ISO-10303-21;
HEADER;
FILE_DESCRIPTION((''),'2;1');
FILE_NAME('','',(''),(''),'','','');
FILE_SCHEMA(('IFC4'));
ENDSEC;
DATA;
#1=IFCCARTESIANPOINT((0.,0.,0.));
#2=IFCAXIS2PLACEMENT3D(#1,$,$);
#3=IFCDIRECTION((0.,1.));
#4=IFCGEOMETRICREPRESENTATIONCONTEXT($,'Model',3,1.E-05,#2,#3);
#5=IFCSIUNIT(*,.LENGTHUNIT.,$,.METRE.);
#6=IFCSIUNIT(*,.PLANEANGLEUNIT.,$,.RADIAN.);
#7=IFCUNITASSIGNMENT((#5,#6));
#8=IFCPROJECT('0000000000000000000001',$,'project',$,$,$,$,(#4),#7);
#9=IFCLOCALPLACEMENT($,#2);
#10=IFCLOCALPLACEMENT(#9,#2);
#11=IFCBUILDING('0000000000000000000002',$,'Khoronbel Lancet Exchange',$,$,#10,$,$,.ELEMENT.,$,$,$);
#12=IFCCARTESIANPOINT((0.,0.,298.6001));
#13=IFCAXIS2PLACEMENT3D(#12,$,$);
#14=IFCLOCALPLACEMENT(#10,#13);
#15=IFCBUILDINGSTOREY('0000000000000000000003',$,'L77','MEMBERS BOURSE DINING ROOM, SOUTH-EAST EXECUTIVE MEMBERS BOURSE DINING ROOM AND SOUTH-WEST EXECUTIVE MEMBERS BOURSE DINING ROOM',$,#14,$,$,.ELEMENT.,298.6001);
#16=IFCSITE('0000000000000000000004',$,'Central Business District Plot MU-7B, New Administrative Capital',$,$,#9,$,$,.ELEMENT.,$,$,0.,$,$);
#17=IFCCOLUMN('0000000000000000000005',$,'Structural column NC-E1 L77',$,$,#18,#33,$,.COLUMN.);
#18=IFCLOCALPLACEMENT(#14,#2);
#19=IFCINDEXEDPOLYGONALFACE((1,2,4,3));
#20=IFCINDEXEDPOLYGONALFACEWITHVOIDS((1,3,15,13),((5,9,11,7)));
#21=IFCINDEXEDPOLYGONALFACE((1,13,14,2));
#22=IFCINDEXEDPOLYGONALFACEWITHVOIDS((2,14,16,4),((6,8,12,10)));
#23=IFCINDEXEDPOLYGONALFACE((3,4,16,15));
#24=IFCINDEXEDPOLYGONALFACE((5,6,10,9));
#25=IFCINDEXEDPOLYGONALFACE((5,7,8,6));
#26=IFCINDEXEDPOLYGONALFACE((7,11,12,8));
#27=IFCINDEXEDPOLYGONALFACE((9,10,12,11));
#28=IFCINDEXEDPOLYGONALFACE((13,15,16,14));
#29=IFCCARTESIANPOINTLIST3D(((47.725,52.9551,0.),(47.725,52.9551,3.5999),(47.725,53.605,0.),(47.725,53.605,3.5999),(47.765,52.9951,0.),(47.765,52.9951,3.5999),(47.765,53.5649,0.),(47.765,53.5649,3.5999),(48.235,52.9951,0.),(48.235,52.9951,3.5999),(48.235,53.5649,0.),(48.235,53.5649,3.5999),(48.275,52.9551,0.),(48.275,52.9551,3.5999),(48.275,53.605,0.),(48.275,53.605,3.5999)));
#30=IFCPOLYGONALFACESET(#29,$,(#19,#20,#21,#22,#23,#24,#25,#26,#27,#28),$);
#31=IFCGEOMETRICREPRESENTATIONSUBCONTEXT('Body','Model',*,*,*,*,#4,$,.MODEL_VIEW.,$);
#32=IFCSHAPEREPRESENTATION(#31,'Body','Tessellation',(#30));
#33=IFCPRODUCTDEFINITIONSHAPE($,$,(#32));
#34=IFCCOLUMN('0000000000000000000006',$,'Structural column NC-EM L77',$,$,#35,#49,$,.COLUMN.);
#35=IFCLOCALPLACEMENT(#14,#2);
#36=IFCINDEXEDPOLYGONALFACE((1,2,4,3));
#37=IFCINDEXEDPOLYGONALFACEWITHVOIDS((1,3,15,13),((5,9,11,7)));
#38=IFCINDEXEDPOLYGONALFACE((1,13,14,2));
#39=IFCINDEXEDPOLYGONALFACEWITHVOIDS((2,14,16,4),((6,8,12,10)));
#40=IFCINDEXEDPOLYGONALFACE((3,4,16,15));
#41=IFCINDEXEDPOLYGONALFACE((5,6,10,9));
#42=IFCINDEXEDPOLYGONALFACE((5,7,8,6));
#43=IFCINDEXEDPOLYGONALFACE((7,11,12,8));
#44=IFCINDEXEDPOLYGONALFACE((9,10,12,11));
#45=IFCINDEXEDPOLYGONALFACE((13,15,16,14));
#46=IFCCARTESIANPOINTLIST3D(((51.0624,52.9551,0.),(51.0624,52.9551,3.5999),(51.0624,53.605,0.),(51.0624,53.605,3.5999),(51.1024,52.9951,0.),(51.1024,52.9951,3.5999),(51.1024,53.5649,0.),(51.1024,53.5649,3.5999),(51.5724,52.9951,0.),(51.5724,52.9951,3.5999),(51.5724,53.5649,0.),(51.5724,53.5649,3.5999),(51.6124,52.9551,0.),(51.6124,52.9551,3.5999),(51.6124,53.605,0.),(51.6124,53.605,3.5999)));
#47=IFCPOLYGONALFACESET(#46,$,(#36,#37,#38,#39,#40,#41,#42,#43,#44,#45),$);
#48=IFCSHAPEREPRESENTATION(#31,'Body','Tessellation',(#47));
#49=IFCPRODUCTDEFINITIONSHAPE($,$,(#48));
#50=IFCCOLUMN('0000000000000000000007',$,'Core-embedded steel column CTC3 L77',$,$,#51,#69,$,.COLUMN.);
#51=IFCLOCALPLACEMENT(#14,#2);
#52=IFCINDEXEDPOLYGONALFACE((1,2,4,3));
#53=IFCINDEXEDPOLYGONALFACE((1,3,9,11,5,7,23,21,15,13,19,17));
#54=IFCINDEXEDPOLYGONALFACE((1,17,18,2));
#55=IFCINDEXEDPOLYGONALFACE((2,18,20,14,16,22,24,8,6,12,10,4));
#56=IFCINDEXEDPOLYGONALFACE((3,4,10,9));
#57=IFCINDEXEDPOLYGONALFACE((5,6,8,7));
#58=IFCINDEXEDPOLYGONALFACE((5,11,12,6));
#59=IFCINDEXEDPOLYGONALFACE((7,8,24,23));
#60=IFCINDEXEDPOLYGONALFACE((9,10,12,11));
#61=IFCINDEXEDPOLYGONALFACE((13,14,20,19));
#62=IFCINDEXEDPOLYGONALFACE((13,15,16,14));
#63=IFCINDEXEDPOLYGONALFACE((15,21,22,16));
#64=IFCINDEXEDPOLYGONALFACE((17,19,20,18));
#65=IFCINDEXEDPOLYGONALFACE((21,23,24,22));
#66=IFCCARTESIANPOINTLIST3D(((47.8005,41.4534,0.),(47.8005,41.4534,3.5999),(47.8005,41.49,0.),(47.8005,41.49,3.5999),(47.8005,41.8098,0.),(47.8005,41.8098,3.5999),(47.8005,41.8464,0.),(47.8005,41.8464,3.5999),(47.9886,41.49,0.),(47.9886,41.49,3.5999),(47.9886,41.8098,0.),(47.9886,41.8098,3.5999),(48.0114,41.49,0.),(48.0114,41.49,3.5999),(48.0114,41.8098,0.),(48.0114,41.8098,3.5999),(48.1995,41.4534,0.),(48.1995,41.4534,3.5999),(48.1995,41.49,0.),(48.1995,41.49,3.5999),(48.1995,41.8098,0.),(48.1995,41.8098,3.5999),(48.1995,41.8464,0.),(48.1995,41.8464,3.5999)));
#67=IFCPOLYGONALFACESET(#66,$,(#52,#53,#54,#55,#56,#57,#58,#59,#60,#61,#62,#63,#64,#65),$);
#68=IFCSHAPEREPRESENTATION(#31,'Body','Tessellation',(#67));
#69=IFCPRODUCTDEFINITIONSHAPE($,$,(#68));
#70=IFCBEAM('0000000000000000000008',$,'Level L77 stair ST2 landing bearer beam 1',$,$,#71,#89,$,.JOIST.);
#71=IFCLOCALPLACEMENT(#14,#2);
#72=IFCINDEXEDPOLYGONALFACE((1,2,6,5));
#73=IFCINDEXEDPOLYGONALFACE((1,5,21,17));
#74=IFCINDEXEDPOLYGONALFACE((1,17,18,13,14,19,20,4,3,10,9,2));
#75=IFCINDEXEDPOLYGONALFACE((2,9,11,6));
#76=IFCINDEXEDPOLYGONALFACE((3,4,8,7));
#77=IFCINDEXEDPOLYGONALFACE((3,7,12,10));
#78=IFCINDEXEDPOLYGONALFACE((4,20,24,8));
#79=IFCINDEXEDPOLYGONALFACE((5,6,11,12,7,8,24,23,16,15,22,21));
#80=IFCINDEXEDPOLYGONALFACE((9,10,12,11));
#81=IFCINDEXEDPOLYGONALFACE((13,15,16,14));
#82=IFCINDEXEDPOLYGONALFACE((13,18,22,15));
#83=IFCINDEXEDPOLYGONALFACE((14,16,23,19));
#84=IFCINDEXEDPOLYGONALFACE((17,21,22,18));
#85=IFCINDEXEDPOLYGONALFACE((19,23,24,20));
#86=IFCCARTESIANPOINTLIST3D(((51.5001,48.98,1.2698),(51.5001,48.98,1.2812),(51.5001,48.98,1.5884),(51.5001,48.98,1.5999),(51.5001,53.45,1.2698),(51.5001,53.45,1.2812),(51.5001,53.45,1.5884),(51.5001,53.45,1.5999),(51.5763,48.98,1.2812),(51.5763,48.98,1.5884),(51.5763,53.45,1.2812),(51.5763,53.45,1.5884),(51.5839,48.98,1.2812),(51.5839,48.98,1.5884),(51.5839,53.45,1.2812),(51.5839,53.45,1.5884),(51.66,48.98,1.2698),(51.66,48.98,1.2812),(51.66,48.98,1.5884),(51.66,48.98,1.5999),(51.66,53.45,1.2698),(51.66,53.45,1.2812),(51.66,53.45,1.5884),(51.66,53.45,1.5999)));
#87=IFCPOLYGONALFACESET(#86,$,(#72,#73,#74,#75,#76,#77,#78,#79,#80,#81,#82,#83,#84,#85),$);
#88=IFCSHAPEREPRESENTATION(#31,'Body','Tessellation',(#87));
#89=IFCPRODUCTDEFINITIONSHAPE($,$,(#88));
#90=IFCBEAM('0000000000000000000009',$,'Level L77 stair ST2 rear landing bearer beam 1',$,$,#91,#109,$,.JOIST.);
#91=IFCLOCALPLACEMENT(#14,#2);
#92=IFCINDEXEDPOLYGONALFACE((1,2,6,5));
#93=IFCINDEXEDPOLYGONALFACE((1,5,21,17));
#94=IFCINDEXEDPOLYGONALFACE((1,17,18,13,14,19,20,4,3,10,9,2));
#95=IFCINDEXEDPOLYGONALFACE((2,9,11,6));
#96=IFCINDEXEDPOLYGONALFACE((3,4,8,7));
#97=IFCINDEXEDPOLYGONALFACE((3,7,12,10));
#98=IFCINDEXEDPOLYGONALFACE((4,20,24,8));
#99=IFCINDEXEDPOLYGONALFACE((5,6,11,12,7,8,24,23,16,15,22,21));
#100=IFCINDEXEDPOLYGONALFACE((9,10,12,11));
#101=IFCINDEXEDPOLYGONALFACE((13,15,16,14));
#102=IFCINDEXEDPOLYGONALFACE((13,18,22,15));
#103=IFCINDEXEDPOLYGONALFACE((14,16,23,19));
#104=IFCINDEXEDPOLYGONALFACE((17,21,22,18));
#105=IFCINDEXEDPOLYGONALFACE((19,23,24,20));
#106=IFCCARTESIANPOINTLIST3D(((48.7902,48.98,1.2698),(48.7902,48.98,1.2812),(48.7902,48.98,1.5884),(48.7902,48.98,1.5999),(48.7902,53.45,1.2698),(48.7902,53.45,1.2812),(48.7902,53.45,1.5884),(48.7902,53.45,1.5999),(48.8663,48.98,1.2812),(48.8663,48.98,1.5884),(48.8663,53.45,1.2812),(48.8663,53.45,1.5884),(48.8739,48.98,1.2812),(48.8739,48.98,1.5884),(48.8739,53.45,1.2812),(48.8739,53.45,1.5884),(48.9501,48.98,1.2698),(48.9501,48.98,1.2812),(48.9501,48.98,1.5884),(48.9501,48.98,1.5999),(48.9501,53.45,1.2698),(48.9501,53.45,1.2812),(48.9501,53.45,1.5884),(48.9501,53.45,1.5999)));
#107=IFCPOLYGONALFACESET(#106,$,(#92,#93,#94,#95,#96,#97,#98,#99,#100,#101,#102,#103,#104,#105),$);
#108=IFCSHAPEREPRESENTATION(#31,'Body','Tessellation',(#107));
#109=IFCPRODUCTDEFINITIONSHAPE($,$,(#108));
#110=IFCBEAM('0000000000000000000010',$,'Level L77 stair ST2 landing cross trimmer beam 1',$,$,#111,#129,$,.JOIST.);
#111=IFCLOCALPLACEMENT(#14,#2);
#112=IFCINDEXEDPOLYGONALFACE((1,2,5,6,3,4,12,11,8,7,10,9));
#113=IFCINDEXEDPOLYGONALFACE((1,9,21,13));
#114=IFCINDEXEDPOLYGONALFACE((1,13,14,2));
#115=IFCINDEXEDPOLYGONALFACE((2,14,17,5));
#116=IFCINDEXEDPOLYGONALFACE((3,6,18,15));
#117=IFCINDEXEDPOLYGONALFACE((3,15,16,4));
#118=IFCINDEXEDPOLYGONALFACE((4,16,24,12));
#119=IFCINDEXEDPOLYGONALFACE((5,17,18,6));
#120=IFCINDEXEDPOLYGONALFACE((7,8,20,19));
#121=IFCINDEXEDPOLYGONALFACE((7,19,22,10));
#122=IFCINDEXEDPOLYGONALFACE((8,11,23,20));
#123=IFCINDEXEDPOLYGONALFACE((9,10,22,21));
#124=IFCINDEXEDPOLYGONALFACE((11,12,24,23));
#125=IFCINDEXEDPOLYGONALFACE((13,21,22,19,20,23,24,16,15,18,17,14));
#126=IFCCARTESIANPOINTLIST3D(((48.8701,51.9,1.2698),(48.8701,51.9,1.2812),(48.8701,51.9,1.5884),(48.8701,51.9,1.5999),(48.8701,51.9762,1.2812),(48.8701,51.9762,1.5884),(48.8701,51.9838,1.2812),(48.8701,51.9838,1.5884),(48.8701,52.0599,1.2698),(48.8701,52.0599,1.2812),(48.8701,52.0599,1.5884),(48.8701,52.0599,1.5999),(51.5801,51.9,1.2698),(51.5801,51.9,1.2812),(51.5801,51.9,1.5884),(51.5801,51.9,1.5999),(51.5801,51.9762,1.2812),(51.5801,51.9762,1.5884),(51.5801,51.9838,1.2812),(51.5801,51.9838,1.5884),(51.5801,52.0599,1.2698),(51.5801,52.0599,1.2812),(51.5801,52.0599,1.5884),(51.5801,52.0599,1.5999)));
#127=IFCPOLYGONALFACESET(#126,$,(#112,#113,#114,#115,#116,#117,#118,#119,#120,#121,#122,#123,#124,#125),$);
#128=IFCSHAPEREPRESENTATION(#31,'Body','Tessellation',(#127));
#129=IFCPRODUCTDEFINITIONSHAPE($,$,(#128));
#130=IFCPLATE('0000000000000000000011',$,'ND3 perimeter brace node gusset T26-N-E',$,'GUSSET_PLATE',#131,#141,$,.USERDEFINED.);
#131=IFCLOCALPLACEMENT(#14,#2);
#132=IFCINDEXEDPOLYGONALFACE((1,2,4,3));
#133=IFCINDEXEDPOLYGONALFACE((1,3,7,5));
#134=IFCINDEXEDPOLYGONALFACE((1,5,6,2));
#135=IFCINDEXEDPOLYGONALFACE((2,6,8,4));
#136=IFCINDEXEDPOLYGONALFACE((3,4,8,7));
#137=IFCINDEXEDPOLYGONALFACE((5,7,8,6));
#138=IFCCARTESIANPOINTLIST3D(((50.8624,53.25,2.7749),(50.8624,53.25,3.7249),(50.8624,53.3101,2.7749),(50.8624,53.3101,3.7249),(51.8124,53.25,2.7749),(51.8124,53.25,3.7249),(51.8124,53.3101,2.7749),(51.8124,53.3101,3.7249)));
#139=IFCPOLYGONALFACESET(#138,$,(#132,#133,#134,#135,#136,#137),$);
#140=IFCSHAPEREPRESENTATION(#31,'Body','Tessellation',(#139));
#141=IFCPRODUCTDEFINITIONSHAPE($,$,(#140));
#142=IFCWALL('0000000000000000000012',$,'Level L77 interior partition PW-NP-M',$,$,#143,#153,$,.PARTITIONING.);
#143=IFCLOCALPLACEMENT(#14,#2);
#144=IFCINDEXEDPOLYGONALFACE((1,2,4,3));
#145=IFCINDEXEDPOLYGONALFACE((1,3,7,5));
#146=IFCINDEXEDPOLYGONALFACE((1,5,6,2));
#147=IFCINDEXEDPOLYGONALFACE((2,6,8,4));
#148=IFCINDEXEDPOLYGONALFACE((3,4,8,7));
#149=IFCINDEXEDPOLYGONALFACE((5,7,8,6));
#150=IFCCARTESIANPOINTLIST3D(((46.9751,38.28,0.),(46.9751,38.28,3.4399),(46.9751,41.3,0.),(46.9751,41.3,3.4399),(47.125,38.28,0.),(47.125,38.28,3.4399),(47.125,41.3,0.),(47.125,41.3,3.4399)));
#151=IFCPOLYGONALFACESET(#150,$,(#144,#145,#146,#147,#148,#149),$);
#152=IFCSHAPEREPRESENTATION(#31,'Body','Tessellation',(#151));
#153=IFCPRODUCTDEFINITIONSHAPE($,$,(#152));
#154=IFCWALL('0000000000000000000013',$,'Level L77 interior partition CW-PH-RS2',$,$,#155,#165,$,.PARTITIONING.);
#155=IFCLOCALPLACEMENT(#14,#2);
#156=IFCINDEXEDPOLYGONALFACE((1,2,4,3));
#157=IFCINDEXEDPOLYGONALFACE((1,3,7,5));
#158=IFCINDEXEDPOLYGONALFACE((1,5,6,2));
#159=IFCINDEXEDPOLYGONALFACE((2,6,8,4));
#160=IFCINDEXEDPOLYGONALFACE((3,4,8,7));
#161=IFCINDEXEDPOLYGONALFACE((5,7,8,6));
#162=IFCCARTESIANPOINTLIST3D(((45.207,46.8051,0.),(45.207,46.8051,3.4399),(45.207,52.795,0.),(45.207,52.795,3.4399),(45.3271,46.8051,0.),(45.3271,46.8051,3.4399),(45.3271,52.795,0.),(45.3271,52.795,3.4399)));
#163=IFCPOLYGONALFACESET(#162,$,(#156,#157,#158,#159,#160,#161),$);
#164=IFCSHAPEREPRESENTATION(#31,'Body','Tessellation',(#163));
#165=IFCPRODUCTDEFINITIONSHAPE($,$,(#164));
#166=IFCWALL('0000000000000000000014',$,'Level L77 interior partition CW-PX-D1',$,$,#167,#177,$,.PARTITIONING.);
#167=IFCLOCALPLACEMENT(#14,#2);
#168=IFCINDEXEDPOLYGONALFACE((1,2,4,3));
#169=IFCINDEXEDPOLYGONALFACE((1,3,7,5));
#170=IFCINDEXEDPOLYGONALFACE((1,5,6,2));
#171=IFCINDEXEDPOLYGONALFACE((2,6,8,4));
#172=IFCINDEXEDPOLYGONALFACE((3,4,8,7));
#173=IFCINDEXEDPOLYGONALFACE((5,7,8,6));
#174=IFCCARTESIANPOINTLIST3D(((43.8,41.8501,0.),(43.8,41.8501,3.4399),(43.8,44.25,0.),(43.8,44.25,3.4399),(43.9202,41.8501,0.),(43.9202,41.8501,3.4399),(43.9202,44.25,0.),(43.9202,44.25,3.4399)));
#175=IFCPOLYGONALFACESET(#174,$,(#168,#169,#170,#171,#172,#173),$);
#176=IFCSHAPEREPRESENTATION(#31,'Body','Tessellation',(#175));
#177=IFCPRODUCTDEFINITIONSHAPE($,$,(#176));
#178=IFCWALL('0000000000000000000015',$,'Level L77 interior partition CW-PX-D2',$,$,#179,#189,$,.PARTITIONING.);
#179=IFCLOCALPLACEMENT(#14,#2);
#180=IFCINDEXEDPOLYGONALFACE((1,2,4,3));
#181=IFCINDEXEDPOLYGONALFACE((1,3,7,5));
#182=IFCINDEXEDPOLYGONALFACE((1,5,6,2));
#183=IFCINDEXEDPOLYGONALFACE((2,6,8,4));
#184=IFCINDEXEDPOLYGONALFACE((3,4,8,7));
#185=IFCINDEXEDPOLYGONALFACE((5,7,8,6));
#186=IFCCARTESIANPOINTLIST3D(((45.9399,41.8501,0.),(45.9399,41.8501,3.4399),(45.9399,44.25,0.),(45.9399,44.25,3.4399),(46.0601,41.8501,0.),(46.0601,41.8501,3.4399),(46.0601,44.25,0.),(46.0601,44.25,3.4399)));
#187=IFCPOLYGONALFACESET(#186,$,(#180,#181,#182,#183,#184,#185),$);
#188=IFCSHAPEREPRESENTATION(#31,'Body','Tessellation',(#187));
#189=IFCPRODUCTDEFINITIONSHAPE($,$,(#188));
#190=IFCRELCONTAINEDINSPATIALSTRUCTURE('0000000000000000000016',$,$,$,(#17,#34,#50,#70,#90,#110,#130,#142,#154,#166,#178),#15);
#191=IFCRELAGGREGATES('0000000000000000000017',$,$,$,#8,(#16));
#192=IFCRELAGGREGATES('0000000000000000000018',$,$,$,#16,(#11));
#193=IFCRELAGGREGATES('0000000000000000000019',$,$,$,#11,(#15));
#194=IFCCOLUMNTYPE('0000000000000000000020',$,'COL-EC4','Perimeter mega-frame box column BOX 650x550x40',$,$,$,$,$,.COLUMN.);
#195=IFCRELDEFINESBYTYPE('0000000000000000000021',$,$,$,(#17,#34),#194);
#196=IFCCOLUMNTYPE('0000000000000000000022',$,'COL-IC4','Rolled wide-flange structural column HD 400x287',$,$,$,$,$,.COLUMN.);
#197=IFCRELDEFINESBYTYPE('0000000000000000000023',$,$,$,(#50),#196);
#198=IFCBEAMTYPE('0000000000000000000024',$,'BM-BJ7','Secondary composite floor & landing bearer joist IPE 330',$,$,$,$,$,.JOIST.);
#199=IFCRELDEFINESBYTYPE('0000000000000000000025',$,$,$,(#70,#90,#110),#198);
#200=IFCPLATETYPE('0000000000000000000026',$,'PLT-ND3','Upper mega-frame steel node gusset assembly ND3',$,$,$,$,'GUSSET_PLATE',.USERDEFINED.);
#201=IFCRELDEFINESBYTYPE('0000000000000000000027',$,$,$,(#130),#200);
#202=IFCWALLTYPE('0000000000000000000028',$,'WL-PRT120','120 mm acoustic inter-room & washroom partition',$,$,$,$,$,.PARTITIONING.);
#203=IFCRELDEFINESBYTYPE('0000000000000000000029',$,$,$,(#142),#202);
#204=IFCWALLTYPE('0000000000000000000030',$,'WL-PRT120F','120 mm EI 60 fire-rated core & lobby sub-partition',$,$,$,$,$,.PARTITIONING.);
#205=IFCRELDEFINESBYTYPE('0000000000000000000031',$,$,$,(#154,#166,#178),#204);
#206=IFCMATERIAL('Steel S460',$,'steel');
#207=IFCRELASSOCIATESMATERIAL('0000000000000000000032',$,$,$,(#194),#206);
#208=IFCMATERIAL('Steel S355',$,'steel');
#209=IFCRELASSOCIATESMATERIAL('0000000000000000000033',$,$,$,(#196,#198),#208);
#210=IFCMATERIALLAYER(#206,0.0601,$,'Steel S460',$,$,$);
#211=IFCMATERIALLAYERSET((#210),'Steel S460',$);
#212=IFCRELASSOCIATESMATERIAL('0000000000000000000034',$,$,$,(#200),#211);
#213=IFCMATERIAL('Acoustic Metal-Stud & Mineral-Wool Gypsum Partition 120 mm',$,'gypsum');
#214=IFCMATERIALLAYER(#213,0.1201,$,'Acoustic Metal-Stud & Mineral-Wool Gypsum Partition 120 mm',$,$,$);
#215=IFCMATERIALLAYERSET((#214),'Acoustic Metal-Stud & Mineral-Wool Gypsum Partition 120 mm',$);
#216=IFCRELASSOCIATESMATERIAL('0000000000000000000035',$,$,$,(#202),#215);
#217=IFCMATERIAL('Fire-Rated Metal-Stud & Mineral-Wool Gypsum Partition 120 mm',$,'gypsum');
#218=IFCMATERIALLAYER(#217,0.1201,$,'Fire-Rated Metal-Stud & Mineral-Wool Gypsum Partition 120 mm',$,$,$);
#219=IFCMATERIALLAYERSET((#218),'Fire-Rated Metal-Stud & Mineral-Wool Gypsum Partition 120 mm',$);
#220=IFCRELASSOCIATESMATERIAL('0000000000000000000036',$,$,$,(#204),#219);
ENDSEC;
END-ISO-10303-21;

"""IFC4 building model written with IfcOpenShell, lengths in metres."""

from ifc_helpers import new_model, si_unit, direction, frame, frame_2d, origin, origin_2d, place, context, subcontext, project, spatial, rectangle, hollow_rectangle, i_section, extrude, material, layer, layer_set, material_profile, profile_set, type_object, element, save


model = new_model("IFC4")

# Units and contexts
model_context = context("Model", 3, precision=1e-05, world=origin(), true_north=direction((0.0, 1.0)))
body_context = subcontext(model_context, "Body", "Model", "MODEL_VIEW")
ifc_project = project(units=[si_unit("LENGTHUNIT", "METRE"), si_unit("PLANEANGLEUNIT", "RADIAN")], contexts=[model_context])

# Site, building, storey
site_placement = place(None, origin())
site = spatial("IfcSite", under=ifc_project, at=site_placement, Name="Central Business District Plot MU-7B, New Administrative Capital", CompositionType="ELEMENT", RefElevation=0.0)
building_placement = place(site_placement, origin())
building = spatial("IfcBuilding", under=site, at=building_placement, Name="Khoronbel Lancet Exchange", CompositionType="ELEMENT")
storey_placement = place(building_placement, frame((0.0, 0.0, 298.6001)))
storey = spatial("IfcBuildingStorey", under=building, at=storey_placement, Name="L77", Description="MEMBERS BOURSE DINING ROOM, SOUTH-EAST EXECUTIVE MEMBERS BOURSE DINING ROOM AND SOUTH-WEST EXECUTIVE MEMBERS BOURSE DINING ROOM", CompositionType="ELEMENT", Elevation=298.6001)

# Columns
ifc_material_1 = material(Name="Steel S460", Category="steel")
ifc_material_profile_1 = material_profile(ifc_material_1, hollow_rectangle(XDim=0.55, YDim=0.6499, WallThickness=0.04, at=origin_2d()), Name="BOX 650x550x40")
ifc_profile_set_1 = profile_set([ifc_material_profile_1], Name="Steel S460")
column_type_1 = type_object("IfcColumnType", Name="COL-EC4", Description="Perimeter mega-frame box column BOX 650x550x40", PredefinedType="COLUMN", material=ifc_profile_set_1)
for number, where, z_axis, x_axis, name in (
    (1, (48.0, 53.28, 0.0), (0.0, 0.0, 1.0), (1.0, 0.0, 0.0), "Structural column NC-E1 L77"),
    (2, (51.3374, 53.28, 0.0), (0.0, 0.0, 1.0), (1.0, 0.0, 0.0), "Structural column NC-EM L77"),
):
    element("IfcColumn", number, at=place(storey_placement, frame(where, z_axis=z_axis, x_axis=x_axis)), inside=storey, type_object=column_type_1, Name=name, PredefinedType="COLUMN", context=body_context, shape_type="SweptSolid", body=[
        extrude(hollow_rectangle(XDim=0.55, YDim=0.6499, WallThickness=0.04, at=origin_2d()), origin(), (0.0, 0.0, 1.0), 3.5999),
    ])
ifc_material_2 = material(Name="Steel S355", Category="steel")
ifc_material_profile_2 = material_profile(ifc_material_2, i_section(OverallWidth=0.3989, OverallDepth=0.3931, WebThickness=0.0227, FlangeThickness=0.0366, at=origin_2d()), Name="HD 400x287")
ifc_profile_set_2 = profile_set([ifc_material_profile_2], Name="Steel S355")
column_type_2 = type_object("IfcColumnType", Name="COL-IC4", Description="Rolled wide-flange structural column HD 400x287", PredefinedType="COLUMN", material=ifc_profile_set_2)
column_placement = place(storey_placement, frame((48.0, 41.6499, 0.0), z_axis=(0.0, 0.0, 1.0), x_axis=(1.0, 0.0, 0.0)))
element("IfcColumn", 3, at=column_placement, inside=storey, type_object=column_type_2, Name="Core-embedded steel column CTC3 L77", PredefinedType="COLUMN", context=body_context, shape_type="SweptSolid", body=[
    extrude(i_section(OverallWidth=0.3989, OverallDepth=0.3931, WebThickness=0.0227, FlangeThickness=0.0366, at=origin_2d()), origin(), (0.0, 0.0, 1.0), 3.5999),
])

# Beams
ifc_material_profile_3 = material_profile(ifc_material_2, i_section(OverallWidth=0.1599, OverallDepth=0.3301, WebThickness=0.0076, FlangeThickness=0.0115, at=origin_2d()), Name="IPE 330")
ifc_profile_set_3 = profile_set([ifc_material_profile_3], Name="Steel S355")
beam_type = type_object("IfcBeamType", Name="BM-BJ7", Description="Secondary composite floor & landing bearer joist IPE 330", PredefinedType="JOIST", material=ifc_profile_set_3)
for number, where, z_axis, x_axis, name in (
    (4, (51.5801, 48.98, 1.4348), (0.0, 1.0, 0.0), (-1.0, 0.0, 0.0), "Level L77 stair ST2 landing bearer beam 1"),
    (5, (48.8701, 48.98, 1.4348), (0.0, 1.0, 0.0), (-1.0, 0.0, 0.0), "Level L77 stair ST2 rear landing bearer beam 1"),
):
    element("IfcBeam", number, at=place(storey_placement, frame(where, z_axis=z_axis, x_axis=x_axis)), inside=storey, type_object=beam_type, Name=name, PredefinedType="JOIST", context=body_context, shape_type="SweptSolid", body=[
        extrude(i_section(OverallWidth=0.1599, OverallDepth=0.3301, WebThickness=0.0076, FlangeThickness=0.0115, at=origin_2d()), origin(), (0.0, 0.0, 1.0), 4.47),
    ])
beam_placement = place(storey_placement, frame((48.8701, 51.98, 1.4348), z_axis=(1.0, 0.0, 0.0), x_axis=(0.0, 1.0, 0.0)))
element("IfcBeam", 6, at=beam_placement, inside=storey, type_object=beam_type, Name="Level L77 stair ST2 landing cross trimmer beam 1", PredefinedType="JOIST", context=body_context, shape_type="SweptSolid", body=[
    extrude(i_section(OverallWidth=0.1599, OverallDepth=0.3301, WebThickness=0.0076, FlangeThickness=0.0115, at=origin_2d()), origin(), (0.0, 0.0, 1.0), 2.71),
])

# Plate
ifc_layer_1 = layer(ifc_material_1, 0.0601, Name="Steel S460")
ifc_layer_set_1 = layer_set([ifc_layer_1], Name="Steel S460")
plate_type = type_object("IfcPlateType", Name="PLT-ND3", Description="Upper mega-frame steel node gusset assembly ND3", ElementType="GUSSET_PLATE", PredefinedType="USERDEFINED", material=ifc_layer_set_1)
plate_placement = place(storey_placement, frame((51.3374, 53.28, 2.7749), z_axis=(0.0, 0.0, 1.0), x_axis=(1.0, 0.0, 0.0)))
element("IfcPlate", 7, at=plate_placement, inside=storey, type_object=plate_type, Name="ND3 perimeter brace node gusset T26-N-E", ObjectType="GUSSET_PLATE", PredefinedType="USERDEFINED", context=body_context, shape_type="SweptSolid", body=[
    extrude(rectangle(XDim=0.95, YDim=0.0601, at=origin_2d()), origin(), (0.0, 0.0, 1.0), 0.95),
])

# Walls
ifc_material_3 = material(Name="Acoustic Metal-Stud & Mineral-Wool Gypsum Partition 120 mm", Category="gypsum")
ifc_layer_2 = layer(ifc_material_3, 0.1201, Name="Acoustic Metal-Stud & Mineral-Wool Gypsum Partition 120 mm")
ifc_layer_set_2 = layer_set([ifc_layer_2], Name="Acoustic Metal-Stud & Mineral-Wool Gypsum Partition 120 mm")
wall_type_1 = type_object("IfcWallType", Name="WL-PRT120", Description="120 mm acoustic inter-room & washroom partition", PredefinedType="PARTITIONING", material=ifc_layer_set_2)
wall_1_placement = place(storey_placement, frame((47.05, 38.28, 0.0), z_axis=(0.0, 0.0, 1.0), x_axis=(0.0, 1.0, 0.0)))
element("IfcWall", 8, at=wall_1_placement, inside=storey, type_object=wall_type_1, Name="Level L77 interior partition PW-NP-M", PredefinedType="PARTITIONING", context=body_context, shape_type="SweptSolid", body=[
    extrude(rectangle(XDim=3.02, YDim=0.1499, at=frame_2d((1.51, 0.0))), origin(), (0.0, 0.0, 1.0), 3.4399),
])
ifc_material_4 = material(Name="Fire-Rated Metal-Stud & Mineral-Wool Gypsum Partition 120 mm", Category="gypsum")
ifc_layer_3 = layer(ifc_material_4, 0.1201, Name="Fire-Rated Metal-Stud & Mineral-Wool Gypsum Partition 120 mm")
ifc_layer_set_3 = layer_set([ifc_layer_3], Name="Fire-Rated Metal-Stud & Mineral-Wool Gypsum Partition 120 mm")
wall_type_2 = type_object("IfcWallType", Name="WL-PRT120F", Description="120 mm EI 60 fire-rated core & lobby sub-partition", PredefinedType="PARTITIONING", material=ifc_layer_set_3)
wall_2_placement = place(storey_placement, frame((45.2671, 46.8049, 0.0), z_axis=(0.0, 0.0, 1.0), x_axis=(0.0, 1.0, 0.0)))
element("IfcWall", 9, at=wall_2_placement, inside=storey, type_object=wall_type_2, Name="Level L77 interior partition CW-PH-RS2", PredefinedType="PARTITIONING", context=body_context, shape_type="SweptSolid", body=[
    extrude(rectangle(XDim=5.99, YDim=0.1201, at=frame_2d((2.9951, 0.0))), origin(), (0.0, 0.0, 1.0), 3.4399),
])
for number, where, z_axis, x_axis, name in (
    (10, (43.8601, 41.8501, 0.0), (0.0, 0.0, 1.0), (0.0, 1.0, 0.0), "Level L77 interior partition CW-PX-D1"),
    (11, (46.0, 41.8501, 0.0), (0.0, 0.0, 1.0), (0.0, 1.0, 0.0), "Level L77 interior partition CW-PX-D2"),
):
    element("IfcWall", number, at=place(storey_placement, frame(where, z_axis=z_axis, x_axis=x_axis)), inside=storey, type_object=wall_type_2, Name=name, PredefinedType="PARTITIONING", context=body_context, shape_type="SweptSolid", body=[
        extrude(rectangle(XDim=2.3999, YDim=0.1201, at=frame_2d((1.2, 0.0))), origin(), (0.0, 0.0, 1.0), 3.4399),
    ])

save(model, "model.ifc")
